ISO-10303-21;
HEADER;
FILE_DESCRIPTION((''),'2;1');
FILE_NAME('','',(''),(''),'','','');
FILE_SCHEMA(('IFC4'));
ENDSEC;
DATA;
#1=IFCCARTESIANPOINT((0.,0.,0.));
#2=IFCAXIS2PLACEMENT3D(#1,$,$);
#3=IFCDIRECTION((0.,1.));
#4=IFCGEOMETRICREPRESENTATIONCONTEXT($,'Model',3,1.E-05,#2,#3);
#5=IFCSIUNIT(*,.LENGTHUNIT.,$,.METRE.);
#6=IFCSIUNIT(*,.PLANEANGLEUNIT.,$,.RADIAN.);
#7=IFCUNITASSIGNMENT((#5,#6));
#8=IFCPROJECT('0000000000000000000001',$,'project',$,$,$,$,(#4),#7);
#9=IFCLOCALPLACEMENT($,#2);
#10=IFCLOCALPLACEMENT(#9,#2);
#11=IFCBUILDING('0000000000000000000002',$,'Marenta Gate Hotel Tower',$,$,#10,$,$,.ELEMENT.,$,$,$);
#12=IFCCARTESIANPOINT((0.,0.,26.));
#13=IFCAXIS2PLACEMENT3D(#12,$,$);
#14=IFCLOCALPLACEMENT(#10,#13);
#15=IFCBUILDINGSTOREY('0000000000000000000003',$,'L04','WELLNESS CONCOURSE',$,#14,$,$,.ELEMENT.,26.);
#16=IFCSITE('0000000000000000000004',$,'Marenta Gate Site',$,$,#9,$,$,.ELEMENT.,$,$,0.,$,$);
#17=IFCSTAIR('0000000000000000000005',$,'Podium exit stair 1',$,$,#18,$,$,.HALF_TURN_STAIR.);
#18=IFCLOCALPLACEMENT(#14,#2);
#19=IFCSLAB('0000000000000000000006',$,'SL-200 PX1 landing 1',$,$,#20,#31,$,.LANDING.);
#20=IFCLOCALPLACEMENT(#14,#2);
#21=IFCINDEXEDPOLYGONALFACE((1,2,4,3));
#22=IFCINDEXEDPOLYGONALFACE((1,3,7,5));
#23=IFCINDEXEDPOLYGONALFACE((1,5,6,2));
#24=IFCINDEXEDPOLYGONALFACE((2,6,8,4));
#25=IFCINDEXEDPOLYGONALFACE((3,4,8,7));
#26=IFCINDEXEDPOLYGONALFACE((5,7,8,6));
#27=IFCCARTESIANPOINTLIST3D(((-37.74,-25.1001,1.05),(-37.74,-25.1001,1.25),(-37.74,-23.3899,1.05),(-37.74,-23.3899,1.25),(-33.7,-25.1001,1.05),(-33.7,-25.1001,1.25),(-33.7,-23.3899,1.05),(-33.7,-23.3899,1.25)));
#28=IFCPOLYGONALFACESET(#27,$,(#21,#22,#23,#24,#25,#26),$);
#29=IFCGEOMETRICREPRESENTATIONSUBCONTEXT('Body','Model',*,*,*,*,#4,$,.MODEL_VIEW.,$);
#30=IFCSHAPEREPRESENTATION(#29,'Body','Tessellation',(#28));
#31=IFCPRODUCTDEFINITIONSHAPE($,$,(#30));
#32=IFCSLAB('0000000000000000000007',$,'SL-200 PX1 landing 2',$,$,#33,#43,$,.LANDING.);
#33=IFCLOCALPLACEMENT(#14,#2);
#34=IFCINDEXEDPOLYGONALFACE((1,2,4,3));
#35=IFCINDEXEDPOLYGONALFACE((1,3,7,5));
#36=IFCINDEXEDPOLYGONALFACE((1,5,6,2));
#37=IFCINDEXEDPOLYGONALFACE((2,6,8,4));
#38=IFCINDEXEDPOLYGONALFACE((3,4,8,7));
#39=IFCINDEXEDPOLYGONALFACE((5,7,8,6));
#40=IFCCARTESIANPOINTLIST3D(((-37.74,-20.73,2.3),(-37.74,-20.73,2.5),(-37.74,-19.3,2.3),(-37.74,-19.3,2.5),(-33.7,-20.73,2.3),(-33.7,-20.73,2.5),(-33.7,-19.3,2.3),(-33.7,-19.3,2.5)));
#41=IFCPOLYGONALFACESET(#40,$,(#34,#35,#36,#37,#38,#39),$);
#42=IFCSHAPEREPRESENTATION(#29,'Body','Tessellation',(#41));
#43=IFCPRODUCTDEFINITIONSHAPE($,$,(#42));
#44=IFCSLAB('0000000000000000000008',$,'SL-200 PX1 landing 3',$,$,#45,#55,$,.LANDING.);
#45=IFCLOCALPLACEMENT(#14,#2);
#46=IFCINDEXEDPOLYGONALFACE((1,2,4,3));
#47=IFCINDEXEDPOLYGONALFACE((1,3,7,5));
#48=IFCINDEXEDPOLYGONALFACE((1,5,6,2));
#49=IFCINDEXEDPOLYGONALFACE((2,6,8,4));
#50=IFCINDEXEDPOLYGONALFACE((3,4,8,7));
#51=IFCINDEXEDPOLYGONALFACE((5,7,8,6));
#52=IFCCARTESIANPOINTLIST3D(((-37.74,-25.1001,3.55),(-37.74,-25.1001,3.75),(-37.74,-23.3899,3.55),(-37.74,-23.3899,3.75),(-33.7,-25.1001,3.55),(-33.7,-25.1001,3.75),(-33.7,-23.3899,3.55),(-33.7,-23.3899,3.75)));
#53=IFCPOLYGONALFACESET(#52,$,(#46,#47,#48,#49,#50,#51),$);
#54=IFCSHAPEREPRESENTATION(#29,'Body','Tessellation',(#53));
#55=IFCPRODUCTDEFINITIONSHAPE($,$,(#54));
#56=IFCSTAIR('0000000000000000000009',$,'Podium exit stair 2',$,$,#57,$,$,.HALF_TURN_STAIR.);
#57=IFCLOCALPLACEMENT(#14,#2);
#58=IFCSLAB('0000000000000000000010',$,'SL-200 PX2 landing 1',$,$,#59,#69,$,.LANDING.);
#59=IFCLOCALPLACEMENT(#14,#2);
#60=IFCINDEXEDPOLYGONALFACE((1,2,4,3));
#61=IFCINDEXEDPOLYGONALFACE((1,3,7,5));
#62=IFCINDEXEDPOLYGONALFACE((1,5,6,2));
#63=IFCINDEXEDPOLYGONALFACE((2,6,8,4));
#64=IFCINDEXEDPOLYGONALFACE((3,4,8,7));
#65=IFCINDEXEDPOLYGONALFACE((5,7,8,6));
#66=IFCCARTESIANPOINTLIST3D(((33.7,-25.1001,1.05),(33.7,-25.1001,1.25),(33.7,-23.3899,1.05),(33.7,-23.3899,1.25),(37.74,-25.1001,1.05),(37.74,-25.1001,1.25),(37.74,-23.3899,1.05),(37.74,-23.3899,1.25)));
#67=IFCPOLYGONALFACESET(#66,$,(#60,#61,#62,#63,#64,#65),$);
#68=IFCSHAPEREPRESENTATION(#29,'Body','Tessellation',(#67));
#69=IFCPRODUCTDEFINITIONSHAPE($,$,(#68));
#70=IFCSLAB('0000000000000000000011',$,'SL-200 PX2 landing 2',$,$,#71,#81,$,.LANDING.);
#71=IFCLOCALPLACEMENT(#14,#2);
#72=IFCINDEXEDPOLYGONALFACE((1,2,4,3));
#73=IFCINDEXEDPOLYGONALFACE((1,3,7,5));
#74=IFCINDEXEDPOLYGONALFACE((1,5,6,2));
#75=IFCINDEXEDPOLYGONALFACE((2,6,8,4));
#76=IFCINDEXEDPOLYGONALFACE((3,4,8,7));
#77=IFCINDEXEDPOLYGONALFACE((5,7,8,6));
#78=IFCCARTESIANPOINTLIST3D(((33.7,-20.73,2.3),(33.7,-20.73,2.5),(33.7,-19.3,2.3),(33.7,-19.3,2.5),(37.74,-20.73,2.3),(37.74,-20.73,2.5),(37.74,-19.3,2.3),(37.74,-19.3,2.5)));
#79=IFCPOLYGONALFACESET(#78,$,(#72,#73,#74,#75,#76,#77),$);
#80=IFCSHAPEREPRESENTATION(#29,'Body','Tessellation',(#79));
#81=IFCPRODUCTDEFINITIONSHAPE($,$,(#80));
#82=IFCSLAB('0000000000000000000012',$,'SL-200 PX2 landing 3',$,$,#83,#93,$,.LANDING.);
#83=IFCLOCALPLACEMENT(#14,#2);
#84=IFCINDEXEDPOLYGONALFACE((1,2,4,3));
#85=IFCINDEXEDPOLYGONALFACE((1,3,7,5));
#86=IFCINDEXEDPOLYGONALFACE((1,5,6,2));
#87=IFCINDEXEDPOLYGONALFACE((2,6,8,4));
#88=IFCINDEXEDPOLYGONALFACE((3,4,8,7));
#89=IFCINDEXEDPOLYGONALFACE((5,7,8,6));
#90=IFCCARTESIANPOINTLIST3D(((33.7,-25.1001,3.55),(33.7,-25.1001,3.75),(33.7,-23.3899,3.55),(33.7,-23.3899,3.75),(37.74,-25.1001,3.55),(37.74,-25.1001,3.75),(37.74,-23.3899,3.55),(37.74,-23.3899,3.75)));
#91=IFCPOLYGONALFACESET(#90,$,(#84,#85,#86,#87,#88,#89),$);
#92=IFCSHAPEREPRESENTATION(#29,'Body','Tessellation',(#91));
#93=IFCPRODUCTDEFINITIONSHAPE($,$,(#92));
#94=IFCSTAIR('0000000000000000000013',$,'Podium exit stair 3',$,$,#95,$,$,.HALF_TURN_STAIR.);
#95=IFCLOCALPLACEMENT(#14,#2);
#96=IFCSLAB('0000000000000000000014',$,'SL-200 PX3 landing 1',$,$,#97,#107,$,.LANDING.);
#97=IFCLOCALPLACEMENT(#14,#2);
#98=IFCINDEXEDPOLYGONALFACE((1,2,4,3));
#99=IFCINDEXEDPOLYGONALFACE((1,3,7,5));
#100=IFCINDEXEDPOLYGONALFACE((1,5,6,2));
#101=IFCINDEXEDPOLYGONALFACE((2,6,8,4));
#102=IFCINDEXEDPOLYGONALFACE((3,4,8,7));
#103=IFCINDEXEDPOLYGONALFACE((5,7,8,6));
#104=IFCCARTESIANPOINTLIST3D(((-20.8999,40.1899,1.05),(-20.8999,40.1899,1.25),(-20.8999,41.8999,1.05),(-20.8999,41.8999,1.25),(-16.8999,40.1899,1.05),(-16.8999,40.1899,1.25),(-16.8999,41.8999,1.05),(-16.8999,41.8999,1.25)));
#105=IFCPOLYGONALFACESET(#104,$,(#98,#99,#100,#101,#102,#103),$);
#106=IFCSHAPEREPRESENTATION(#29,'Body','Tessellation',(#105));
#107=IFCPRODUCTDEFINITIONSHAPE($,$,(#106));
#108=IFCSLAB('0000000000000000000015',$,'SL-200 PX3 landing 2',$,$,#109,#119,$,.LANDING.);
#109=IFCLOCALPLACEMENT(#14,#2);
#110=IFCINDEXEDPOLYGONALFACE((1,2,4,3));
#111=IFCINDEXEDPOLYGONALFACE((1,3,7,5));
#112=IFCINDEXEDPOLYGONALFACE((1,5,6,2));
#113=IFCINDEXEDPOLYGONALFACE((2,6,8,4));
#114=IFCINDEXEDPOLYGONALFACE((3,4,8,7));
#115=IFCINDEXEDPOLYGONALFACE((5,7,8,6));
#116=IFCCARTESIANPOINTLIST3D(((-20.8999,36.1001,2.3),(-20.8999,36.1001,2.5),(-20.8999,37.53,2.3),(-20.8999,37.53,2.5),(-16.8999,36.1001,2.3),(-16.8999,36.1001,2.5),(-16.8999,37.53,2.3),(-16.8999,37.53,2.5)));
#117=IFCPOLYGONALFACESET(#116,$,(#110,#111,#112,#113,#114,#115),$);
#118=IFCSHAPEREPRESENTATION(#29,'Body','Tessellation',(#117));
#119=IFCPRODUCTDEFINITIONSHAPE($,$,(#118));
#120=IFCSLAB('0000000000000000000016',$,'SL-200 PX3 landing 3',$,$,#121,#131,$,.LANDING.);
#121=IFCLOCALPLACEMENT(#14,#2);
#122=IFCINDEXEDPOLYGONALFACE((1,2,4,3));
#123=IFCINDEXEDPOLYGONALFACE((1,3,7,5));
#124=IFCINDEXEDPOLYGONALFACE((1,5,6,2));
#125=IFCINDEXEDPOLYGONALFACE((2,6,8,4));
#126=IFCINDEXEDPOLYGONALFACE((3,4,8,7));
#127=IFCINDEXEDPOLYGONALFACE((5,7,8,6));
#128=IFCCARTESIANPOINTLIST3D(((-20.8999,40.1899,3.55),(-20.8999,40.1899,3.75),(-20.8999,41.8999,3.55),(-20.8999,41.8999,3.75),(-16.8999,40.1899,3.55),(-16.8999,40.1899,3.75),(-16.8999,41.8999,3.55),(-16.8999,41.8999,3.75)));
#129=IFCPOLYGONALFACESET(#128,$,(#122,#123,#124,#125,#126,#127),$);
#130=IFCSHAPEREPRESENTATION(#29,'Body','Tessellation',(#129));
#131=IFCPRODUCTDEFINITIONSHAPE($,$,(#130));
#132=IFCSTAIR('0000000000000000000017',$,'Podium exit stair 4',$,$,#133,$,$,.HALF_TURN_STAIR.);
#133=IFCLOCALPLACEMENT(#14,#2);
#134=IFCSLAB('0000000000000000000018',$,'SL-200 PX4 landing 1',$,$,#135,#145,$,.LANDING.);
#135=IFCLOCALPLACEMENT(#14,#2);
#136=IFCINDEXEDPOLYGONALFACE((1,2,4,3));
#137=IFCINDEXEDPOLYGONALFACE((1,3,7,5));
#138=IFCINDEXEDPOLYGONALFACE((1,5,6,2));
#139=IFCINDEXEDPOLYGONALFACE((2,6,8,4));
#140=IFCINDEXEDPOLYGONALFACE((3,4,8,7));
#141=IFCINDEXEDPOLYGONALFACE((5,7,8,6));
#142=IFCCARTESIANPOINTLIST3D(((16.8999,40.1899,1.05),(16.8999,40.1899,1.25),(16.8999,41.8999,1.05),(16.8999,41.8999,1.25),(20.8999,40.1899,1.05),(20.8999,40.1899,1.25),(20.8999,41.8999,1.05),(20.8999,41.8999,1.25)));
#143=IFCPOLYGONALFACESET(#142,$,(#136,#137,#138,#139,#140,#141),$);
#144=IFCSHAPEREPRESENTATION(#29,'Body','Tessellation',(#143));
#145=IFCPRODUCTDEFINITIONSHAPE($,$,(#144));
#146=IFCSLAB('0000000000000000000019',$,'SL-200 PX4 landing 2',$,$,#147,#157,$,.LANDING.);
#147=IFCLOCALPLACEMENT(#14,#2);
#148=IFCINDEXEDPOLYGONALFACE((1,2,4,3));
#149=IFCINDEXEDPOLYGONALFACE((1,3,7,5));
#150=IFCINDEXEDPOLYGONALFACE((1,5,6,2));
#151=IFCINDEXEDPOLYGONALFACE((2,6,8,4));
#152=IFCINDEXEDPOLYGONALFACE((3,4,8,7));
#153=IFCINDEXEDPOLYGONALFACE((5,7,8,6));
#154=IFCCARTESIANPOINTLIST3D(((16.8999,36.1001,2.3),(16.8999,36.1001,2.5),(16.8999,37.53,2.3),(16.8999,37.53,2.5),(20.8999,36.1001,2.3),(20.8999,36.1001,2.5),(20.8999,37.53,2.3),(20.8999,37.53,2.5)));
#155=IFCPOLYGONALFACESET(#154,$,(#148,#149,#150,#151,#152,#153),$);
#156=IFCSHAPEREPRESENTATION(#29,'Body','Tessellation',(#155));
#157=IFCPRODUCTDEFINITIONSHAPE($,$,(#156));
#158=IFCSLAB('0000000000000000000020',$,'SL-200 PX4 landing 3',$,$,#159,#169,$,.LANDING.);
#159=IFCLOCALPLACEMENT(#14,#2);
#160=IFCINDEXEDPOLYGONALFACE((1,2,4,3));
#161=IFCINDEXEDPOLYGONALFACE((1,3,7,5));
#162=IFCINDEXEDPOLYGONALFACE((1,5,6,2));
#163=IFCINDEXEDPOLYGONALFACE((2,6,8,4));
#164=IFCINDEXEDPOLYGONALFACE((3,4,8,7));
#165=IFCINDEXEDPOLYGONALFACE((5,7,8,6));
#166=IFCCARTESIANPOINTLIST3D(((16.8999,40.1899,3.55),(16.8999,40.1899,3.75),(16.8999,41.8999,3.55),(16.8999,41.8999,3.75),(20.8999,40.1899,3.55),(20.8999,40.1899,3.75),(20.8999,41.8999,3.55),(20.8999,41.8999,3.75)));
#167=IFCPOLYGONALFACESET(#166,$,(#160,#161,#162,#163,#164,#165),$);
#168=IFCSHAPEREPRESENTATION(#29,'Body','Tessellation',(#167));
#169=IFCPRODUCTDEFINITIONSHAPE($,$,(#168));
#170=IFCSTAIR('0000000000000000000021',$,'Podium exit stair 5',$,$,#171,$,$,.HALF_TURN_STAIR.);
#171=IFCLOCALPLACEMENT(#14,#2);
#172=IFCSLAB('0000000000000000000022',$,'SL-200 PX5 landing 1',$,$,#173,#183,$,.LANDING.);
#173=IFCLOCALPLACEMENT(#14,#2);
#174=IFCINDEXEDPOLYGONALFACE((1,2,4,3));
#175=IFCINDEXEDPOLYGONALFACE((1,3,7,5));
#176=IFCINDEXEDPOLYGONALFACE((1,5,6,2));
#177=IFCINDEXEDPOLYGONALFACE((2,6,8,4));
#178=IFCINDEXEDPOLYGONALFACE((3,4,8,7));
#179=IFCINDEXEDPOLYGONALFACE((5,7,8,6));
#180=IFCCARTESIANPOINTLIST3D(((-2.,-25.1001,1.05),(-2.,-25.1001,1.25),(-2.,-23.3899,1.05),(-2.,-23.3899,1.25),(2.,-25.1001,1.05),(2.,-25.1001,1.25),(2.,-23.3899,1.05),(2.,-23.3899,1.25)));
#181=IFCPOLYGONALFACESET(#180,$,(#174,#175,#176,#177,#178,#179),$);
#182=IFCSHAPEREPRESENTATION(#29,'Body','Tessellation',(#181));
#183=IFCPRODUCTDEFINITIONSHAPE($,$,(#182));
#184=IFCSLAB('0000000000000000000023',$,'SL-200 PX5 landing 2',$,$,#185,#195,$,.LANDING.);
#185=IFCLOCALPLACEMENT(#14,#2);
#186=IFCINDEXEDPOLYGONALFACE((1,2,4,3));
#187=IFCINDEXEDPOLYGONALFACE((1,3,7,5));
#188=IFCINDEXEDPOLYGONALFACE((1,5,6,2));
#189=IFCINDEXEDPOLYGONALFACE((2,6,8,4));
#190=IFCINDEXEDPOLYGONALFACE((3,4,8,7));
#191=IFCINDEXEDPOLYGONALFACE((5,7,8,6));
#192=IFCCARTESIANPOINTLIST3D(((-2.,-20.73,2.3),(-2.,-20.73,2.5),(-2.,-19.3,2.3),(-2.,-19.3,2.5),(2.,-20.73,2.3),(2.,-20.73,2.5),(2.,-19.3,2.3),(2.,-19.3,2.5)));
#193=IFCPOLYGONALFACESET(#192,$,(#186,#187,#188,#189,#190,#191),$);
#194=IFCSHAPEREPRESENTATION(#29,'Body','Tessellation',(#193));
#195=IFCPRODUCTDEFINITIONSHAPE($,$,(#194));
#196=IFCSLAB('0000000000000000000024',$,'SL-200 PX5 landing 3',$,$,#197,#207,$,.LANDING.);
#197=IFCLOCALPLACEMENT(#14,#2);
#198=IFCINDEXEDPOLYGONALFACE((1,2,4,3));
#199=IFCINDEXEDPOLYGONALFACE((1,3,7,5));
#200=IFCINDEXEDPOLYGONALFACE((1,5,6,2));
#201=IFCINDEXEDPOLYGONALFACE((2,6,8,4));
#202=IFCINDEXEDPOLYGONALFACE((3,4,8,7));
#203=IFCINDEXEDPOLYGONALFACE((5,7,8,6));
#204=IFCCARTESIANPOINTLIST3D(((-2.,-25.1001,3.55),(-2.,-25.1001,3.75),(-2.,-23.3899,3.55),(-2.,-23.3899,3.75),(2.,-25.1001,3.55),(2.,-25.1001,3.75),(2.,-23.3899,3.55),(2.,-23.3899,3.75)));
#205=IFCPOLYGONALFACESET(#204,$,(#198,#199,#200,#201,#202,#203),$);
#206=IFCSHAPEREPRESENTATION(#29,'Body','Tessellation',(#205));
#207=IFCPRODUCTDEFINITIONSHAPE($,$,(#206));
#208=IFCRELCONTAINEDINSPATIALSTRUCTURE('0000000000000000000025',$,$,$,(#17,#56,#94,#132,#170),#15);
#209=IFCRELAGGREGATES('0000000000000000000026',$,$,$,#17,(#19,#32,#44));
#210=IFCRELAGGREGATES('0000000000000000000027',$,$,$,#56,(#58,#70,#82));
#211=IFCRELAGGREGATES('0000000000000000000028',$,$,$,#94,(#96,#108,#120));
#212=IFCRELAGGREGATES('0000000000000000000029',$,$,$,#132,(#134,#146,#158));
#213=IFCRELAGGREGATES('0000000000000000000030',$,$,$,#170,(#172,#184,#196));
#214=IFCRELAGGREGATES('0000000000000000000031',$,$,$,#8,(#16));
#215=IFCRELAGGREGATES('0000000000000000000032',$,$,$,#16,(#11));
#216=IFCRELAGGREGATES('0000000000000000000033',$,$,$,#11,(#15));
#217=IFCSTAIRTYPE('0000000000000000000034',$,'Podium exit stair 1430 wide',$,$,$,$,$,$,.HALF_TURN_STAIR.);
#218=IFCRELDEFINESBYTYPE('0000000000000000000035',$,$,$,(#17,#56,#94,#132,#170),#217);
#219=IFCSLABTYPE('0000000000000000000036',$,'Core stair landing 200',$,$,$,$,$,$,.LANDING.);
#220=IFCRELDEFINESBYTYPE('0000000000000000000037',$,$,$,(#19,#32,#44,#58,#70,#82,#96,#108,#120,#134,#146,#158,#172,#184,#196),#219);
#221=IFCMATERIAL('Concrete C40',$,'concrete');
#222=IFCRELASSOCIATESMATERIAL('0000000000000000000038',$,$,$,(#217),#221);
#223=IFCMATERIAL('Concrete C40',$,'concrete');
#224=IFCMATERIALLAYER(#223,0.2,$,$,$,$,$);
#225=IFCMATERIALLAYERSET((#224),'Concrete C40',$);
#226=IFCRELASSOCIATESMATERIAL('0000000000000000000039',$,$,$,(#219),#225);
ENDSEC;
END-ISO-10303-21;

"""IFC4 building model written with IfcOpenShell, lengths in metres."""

from ifc_helpers import new_model, si_unit, direction, frame, origin, place, context, subcontext, project, spatial, polyline, outline, extrude, material, layer, layer_set, type_object, element, aggregate, save


model = new_model("IFC4")

# Units and contexts
model_context = context("Model", 3, precision=1e-05, world=origin(), true_north=direction((0.0, 1.0)))
body_context = subcontext(model_context, "Body", "Model", "MODEL_VIEW")
ifc_project = project(units=[si_unit("LENGTHUNIT", "METRE"), si_unit("PLANEANGLEUNIT", "RADIAN")], contexts=[model_context])

# Site, building, storey
site_placement = place(None, origin())
site = spatial("IfcSite", under=ifc_project, at=site_placement, Name="Marenta Gate Site", CompositionType="ELEMENT", RefElevation=0.0)
building_placement = place(site_placement, origin())
building = spatial("IfcBuilding", under=site, at=building_placement, Name="Marenta Gate Hotel Tower", CompositionType="ELEMENT")
storey_placement = place(building_placement, frame((0.0, 0.0, 26.0)))
storey = spatial("IfcBuildingStorey", under=building, at=storey_placement, Name="L04", Description="WELLNESS CONCOURSE", CompositionType="ELEMENT", Elevation=26.0)

# Stairs, slabs
ifc_material_1 = material(Name="Concrete C40", Category="concrete")
stair_type = type_object("IfcStairType", Name="Podium exit stair 1430 wide", PredefinedType="HALF_TURN_STAIR", material=ifc_material_1)
stair_1_placement = place(storey_placement, origin())
stair_1 = element("IfcStair", 1, at=stair_1_placement, inside=storey, type_object=stair_type, Name="Podium exit stair 1", PredefinedType="HALF_TURN_STAIR")
ifc_material_2 = material(Name="Concrete C40", Category="concrete")
ifc_layer = layer(ifc_material_2, 0.2)
ifc_layer_set = layer_set([ifc_layer], Name="Concrete C40")
slab_type = type_object("IfcSlabType", Name="Core stair landing 200", PredefinedType="LANDING", material=ifc_layer_set)
slab_1_placement = place(storey_placement, frame((0.0, 0.0, 1.05)))
slab_1 = element("IfcSlab", 2, at=slab_1_placement, type_object=slab_type, Name="SL-200 PX1 landing 1", PredefinedType="LANDING", context=body_context, shape_type="SweptSolid", body=[
    extrude(outline(polyline([(-37.74, -25.1001), (-33.7, -25.1001), (-33.7, -23.3899), (-37.74, -23.3899), (-37.74, -25.1001)])), origin(), (0.0, 0.0, 1.0), 0.2),
])
slab_2_placement = place(storey_placement, frame((0.0, 0.0, 2.3)))
slab_2 = element("IfcSlab", 3, at=slab_2_placement, type_object=slab_type, Name="SL-200 PX1 landing 2", PredefinedType="LANDING", context=body_context, shape_type="SweptSolid", body=[
    extrude(outline(polyline([(-37.74, -20.73), (-33.7, -20.73), (-33.7, -19.3), (-37.74, -19.3), (-37.74, -20.73)])), origin(), (0.0, 0.0, 1.0), 0.2),
])
slab_3_placement = place(storey_placement, frame((0.0, 0.0, 3.55)))
slab_3 = element("IfcSlab", 4, at=slab_3_placement, type_object=slab_type, Name="SL-200 PX1 landing 3", PredefinedType="LANDING", context=body_context, shape_type="SweptSolid", body=[
    extrude(outline(polyline([(-37.74, -25.1001), (-33.7, -25.1001), (-33.7, -23.3899), (-37.74, -23.3899), (-37.74, -25.1001)])), origin(), (0.0, 0.0, 1.0), 0.2),
])
aggregate(stair_1, [slab_1, slab_2, slab_3])
stair_2_placement = place(storey_placement, origin())
stair_2 = element("IfcStair", 5, at=stair_2_placement, inside=storey, type_object=stair_type, Name="Podium exit stair 2", PredefinedType="HALF_TURN_STAIR")
slab_4_placement = place(storey_placement, frame((0.0, 0.0, 1.05)))
slab_4 = element("IfcSlab", 6, at=slab_4_placement, type_object=slab_type, Name="SL-200 PX2 landing 1", PredefinedType="LANDING", context=body_context, shape_type="SweptSolid", body=[
    extrude(outline(polyline([(33.7, -25.1001), (37.74, -25.1001), (37.74, -23.3899), (33.7, -23.3899), (33.7, -25.1001)])), origin(), (0.0, 0.0, 1.0), 0.2),
])
slab_5_placement = place(storey_placement, frame((0.0, 0.0, 2.3)))
slab_5 = element("IfcSlab", 7, at=slab_5_placement, type_object=slab_type, Name="SL-200 PX2 landing 2", PredefinedType="LANDING", context=body_context, shape_type="SweptSolid", body=[
    extrude(outline(polyline([(33.7, -20.73), (37.74, -20.73), (37.74, -19.3), (33.7, -19.3), (33.7, -20.73)])), origin(), (0.0, 0.0, 1.0), 0.2),
])
slab_6_placement = place(storey_placement, frame((0.0, 0.0, 3.55)))
slab_6 = element("IfcSlab", 8, at=slab_6_placement, type_object=slab_type, Name="SL-200 PX2 landing 3", PredefinedType="LANDING", context=body_context, shape_type="SweptSolid", body=[
    extrude(outline(polyline([(33.7, -25.1001), (37.74, -25.1001), (37.74, -23.3899), (33.7, -23.3899), (33.7, -25.1001)])), origin(), (0.0, 0.0, 1.0), 0.2),
])
aggregate(stair_2, [slab_4, slab_5, slab_6])
stair_3_placement = place(storey_placement, origin())
stair_3 = element("IfcStair", 9, at=stair_3_placement, inside=storey, type_object=stair_type, Name="Podium exit stair 3", PredefinedType="HALF_TURN_STAIR")
slab_7_placement = place(storey_placement, frame((0.0, 0.0, 1.05)))
slab_7 = element("IfcSlab", 10, at=slab_7_placement, type_object=slab_type, Name="SL-200 PX3 landing 1", PredefinedType="LANDING", context=body_context, shape_type="SweptSolid", body=[
    extrude(outline(polyline([(-20.8999, 40.1899), (-16.8999, 40.1899), (-16.8999, 41.8999), (-20.8999, 41.8999), (-20.8999, 40.1899)])), origin(), (0.0, 0.0, 1.0), 0.2),
])
slab_8_placement = place(storey_placement, frame((0.0, 0.0, 2.3)))
slab_8 = element("IfcSlab", 11, at=slab_8_placement, type_object=slab_type, Name="SL-200 PX3 landing 2", PredefinedType="LANDING", context=body_context, shape_type="SweptSolid", body=[
    extrude(outline(polyline([(-20.8999, 36.1001), (-16.8999, 36.1001), (-16.8999, 37.53), (-20.8999, 37.53), (-20.8999, 36.1001)])), origin(), (0.0, 0.0, 1.0), 0.2),
])
slab_9_placement = place(storey_placement, frame((0.0, 0.0, 3.55)))
slab_9 = element("IfcSlab", 12, at=slab_9_placement, type_object=slab_type, Name="SL-200 PX3 landing 3", PredefinedType="LANDING", context=body_context, shape_type="SweptSolid", body=[
    extrude(outline(polyline([(-20.8999, 40.1899), (-16.8999, 40.1899), (-16.8999, 41.8999), (-20.8999, 41.8999), (-20.8999, 40.1899)])), origin(), (0.0, 0.0, 1.0), 0.2),
])
aggregate(stair_3, [slab_7, slab_8, slab_9])
stair_4_placement = place(storey_placement, origin())
stair_4 = element("IfcStair", 13, at=stair_4_placement, inside=storey, type_object=stair_type, Name="Podium exit stair 4", PredefinedType="HALF_TURN_STAIR")
slab_10_placement = place(storey_placement, frame((0.0, 0.0, 1.05)))
slab_10 = element("IfcSlab", 14, at=slab_10_placement, type_object=slab_type, Name="SL-200 PX4 landing 1", PredefinedType="LANDING", context=body_context, shape_type="SweptSolid", body=[
    extrude(outline(polyline([(16.8999, 40.1899), (20.8999, 40.1899), (20.8999, 41.8999), (16.8999, 41.8999), (16.8999, 40.1899)])), origin(), (0.0, 0.0, 1.0), 0.2),
])
slab_11_placement = place(storey_placement, frame((0.0, 0.0, 2.3)))
slab_11 = element("IfcSlab", 15, at=slab_11_placement, type_object=slab_type, Name="SL-200 PX4 landing 2", PredefinedType="LANDING", context=body_context, shape_type="SweptSolid", body=[
    extrude(outline(polyline([(16.8999, 36.1001), (20.8999, 36.1001), (20.8999, 37.53), (16.8999, 37.53), (16.8999, 36.1001)])), origin(), (0.0, 0.0, 1.0), 0.2),
])
slab_12_placement = place(storey_placement, frame((0.0, 0.0, 3.55)))
slab_12 = element("IfcSlab", 16, at=slab_12_placement, type_object=slab_type, Name="SL-200 PX4 landing 3", PredefinedType="LANDING", context=body_context, shape_type="SweptSolid", body=[
    extrude(outline(polyline([(16.8999, 40.1899), (20.8999, 40.1899), (20.8999, 41.8999), (16.8999, 41.8999), (16.8999, 40.1899)])), origin(), (0.0, 0.0, 1.0), 0.2),
])
aggregate(stair_4, [slab_10, slab_11, slab_12])
stair_5_placement = place(storey_placement, origin())
stair_5 = element("IfcStair", 17, at=stair_5_placement, inside=storey, type_object=stair_type, Name="Podium exit stair 5", PredefinedType="HALF_TURN_STAIR")
slab_13_placement = place(storey_placement, frame((0.0, 0.0, 1.05)))
slab_13 = element("IfcSlab", 18, at=slab_13_placement, type_object=slab_type, Name="SL-200 PX5 landing 1", PredefinedType="LANDING", context=body_context, shape_type="SweptSolid", body=[
    extrude(outline(polyline([(-2.0, -25.1001), (2.0, -25.1001), (2.0, -23.3899), (-2.0, -23.3899), (-2.0, -25.1001)])), origin(), (0.0, 0.0, 1.0), 0.2),
])
slab_14_placement = place(storey_placement, frame((0.0, 0.0, 2.3)))
slab_14 = element("IfcSlab", 19, at=slab_14_placement, type_object=slab_type, Name="SL-200 PX5 landing 2", PredefinedType="LANDING", context=body_context, shape_type="SweptSolid", body=[
    extrude(outline(polyline([(-2.0, -20.73), (2.0, -20.73), (2.0, -19.3), (-2.0, -19.3), (-2.0, -20.73)])), origin(), (0.0, 0.0, 1.0), 0.2),
])
slab_15_placement = place(storey_placement, frame((0.0, 0.0, 3.55)))
slab_15 = element("IfcSlab", 20, at=slab_15_placement, type_object=slab_type, Name="SL-200 PX5 landing 3", PredefinedType="LANDING", context=body_context, shape_type="SweptSolid", body=[
    extrude(outline(polyline([(-2.0, -25.1001), (2.0, -25.1001), (2.0, -23.3899), (-2.0, -23.3899), (-2.0, -25.1001)])), origin(), (0.0, 0.0, 1.0), 0.2),
])
aggregate(stair_5, [slab_13, slab_14, slab_15])

save(model, "model.ifc")
